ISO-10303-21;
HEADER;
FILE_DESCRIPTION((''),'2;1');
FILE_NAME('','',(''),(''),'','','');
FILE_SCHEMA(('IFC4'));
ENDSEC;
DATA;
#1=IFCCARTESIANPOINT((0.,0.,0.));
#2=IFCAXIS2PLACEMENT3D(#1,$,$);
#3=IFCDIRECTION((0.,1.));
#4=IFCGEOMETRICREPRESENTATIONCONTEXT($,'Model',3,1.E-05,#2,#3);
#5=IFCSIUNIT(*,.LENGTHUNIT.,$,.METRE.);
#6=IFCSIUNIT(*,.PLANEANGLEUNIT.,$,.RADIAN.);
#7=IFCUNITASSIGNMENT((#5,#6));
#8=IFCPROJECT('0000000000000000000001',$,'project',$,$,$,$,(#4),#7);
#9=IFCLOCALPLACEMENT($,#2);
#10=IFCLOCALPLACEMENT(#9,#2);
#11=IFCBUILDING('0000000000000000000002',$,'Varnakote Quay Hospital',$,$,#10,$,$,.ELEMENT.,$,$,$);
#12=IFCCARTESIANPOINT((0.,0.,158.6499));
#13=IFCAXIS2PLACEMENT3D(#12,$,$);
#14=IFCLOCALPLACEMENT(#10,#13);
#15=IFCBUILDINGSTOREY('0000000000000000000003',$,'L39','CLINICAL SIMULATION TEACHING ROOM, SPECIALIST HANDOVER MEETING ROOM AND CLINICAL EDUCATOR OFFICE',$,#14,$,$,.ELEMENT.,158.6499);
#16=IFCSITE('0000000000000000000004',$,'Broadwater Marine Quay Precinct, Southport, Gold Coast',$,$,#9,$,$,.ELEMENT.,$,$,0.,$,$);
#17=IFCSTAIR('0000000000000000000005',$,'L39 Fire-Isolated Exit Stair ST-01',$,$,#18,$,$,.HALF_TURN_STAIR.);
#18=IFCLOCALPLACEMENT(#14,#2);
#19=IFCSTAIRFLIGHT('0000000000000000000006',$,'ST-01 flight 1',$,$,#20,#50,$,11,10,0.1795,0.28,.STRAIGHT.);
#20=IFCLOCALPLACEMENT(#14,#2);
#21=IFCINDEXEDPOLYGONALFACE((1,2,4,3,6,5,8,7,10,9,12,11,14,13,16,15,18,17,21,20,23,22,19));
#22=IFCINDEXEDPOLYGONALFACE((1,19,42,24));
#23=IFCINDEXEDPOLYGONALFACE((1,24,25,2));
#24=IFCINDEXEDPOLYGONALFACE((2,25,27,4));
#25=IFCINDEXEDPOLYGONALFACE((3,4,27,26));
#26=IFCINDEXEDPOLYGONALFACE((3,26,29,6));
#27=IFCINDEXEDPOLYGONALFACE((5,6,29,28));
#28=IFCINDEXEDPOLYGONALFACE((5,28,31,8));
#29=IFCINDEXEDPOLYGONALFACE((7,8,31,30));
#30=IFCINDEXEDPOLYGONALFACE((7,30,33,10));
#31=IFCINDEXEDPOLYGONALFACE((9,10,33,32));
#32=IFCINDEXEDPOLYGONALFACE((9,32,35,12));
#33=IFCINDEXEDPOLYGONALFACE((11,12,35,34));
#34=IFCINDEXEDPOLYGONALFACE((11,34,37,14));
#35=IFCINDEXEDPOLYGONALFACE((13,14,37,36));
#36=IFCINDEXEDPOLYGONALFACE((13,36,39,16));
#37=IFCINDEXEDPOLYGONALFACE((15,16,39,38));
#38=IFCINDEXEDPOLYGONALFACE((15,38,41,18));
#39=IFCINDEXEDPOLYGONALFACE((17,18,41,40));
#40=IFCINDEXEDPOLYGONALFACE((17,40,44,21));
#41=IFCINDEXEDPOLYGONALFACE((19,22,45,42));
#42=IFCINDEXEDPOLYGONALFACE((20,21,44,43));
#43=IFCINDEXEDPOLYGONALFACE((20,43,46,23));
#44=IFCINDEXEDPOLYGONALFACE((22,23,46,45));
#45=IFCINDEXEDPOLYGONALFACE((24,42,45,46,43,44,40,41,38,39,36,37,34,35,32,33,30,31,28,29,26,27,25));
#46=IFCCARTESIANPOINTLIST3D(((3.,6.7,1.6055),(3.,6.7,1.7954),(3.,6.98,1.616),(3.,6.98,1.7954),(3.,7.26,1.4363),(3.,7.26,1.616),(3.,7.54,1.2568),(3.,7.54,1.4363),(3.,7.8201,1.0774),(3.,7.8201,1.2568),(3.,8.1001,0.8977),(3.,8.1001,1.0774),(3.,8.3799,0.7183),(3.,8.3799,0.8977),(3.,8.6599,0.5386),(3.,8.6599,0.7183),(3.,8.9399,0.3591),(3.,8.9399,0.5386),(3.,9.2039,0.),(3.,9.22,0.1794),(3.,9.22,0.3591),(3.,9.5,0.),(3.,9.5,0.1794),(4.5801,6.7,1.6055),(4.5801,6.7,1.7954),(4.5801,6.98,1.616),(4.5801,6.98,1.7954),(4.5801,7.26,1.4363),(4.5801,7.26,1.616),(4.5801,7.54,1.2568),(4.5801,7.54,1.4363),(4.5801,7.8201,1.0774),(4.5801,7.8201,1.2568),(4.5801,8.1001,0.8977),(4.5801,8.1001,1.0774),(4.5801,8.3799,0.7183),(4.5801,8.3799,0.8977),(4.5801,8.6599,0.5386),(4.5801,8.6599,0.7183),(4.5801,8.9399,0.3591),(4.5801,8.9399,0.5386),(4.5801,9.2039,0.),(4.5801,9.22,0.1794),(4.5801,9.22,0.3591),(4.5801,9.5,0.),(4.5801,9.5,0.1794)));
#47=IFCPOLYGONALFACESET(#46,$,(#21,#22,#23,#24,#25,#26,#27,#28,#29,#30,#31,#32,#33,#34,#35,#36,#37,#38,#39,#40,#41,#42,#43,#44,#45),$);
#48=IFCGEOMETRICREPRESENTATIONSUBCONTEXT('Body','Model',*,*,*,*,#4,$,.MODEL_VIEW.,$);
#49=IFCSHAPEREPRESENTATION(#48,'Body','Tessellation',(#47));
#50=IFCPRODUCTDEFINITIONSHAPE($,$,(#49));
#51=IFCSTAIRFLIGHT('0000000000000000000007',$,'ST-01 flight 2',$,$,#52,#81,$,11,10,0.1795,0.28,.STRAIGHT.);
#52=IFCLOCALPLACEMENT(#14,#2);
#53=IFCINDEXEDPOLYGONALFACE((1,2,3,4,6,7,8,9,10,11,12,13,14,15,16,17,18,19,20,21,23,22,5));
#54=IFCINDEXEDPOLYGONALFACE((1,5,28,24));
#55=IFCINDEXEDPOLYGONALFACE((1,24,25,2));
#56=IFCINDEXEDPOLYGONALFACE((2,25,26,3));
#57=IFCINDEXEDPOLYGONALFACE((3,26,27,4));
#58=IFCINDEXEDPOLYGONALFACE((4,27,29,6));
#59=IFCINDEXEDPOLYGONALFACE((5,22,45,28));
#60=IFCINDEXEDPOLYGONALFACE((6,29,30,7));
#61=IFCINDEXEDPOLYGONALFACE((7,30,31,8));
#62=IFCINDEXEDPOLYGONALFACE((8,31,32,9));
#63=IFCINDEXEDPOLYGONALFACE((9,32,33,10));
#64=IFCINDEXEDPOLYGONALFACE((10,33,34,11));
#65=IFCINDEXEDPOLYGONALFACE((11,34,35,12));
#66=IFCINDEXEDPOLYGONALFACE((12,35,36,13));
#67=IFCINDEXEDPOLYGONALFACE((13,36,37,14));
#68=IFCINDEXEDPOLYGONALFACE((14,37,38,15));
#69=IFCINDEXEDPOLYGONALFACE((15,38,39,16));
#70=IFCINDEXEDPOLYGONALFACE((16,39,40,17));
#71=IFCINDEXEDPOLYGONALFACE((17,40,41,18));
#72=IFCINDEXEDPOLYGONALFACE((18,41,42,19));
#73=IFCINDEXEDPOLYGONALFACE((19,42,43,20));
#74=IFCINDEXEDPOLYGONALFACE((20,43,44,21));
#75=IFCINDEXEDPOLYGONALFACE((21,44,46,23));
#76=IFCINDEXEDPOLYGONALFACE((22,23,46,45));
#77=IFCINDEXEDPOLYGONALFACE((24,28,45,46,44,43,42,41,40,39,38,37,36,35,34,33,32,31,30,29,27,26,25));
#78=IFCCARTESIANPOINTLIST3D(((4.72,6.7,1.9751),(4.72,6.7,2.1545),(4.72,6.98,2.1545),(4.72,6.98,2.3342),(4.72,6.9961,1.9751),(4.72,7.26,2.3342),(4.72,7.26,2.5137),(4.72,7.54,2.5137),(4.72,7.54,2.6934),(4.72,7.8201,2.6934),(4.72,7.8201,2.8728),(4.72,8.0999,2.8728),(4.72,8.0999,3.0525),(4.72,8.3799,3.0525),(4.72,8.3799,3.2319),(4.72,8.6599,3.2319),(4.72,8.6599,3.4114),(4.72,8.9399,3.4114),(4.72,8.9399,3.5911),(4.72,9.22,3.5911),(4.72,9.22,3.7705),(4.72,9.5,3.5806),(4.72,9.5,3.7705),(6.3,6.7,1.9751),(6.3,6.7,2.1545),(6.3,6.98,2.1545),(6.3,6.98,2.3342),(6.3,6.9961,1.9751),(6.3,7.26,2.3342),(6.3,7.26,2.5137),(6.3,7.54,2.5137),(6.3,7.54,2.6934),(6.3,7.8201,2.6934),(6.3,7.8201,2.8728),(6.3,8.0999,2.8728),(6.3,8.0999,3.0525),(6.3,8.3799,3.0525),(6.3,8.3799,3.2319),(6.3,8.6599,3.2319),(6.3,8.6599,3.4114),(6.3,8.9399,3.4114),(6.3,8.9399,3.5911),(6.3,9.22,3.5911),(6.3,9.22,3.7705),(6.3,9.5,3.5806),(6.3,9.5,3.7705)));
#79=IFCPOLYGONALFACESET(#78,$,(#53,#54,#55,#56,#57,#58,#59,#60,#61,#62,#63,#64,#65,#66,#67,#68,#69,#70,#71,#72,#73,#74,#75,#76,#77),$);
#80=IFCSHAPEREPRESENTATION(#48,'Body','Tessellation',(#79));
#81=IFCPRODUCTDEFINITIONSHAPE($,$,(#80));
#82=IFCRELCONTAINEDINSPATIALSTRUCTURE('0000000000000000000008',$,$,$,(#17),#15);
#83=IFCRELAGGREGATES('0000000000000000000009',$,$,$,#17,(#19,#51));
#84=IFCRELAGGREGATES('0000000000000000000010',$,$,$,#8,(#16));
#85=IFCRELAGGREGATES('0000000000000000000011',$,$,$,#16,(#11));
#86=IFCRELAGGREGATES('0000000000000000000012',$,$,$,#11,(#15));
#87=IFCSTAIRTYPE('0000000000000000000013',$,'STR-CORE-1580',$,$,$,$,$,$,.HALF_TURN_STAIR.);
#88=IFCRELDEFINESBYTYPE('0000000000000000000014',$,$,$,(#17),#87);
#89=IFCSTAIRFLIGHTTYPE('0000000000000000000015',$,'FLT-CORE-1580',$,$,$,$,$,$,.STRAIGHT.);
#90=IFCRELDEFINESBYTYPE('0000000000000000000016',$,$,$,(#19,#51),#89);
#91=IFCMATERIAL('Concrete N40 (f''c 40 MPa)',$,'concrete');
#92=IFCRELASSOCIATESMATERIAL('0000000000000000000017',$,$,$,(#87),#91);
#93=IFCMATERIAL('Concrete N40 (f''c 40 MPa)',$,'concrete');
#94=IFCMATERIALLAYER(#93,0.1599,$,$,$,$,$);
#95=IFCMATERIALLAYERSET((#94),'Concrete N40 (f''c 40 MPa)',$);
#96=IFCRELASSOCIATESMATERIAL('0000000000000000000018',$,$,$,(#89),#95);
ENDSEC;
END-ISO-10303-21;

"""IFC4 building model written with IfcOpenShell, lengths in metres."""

from ifc_helpers import new_model, si_unit, direction, frame, origin, place, context, subcontext, project, spatial, polyline, outline, extrude, material, layer, layer_set, type_object, element, aggregate, save


model = new_model("IFC4")

# Units and contexts
model_context = context("Model", 3, precision=1e-05, world=origin(), true_north=direction((0.0, 1.0)))
body_context = subcontext(model_context, "Body", "Model", "MODEL_VIEW")
ifc_project = project(units=[si_unit("LENGTHUNIT", "METRE"), si_unit("PLANEANGLEUNIT", "RADIAN")], contexts=[model_context])

# Site, building, storey
site_placement = place(None, origin())
site = spatial("IfcSite", under=ifc_project, at=site_placement, Name="Broadwater Marine Quay Precinct, Southport, Gold Coast", CompositionType="ELEMENT", RefElevation=0.0)
building_placement = place(site_placement, origin())
building = spatial("IfcBuilding", under=site, at=building_placement, Name="Varnakote Quay Hospital", CompositionType="ELEMENT")
storey_placement = place(building_placement, frame((0.0, 0.0, 158.6499)))
storey = spatial("IfcBuildingStorey", under=building, at=storey_placement, Name="L39", Description="CLINICAL SIMULATION TEACHING ROOM, SPECIALIST HANDOVER MEETING ROOM AND CLINICAL EDUCATOR OFFICE", CompositionType="ELEMENT", Elevation=158.6499)

# Stair, stair flights
ifc_material_1 = material(Name="Concrete N40 (f'c 40 MPa)", Category="concrete")
stair_type = type_object("IfcStairType", Name="STR-CORE-1580", PredefinedType="HALF_TURN_STAIR", material=ifc_material_1)
stair_placement = place(storey_placement, origin())
stair = element("IfcStair", 1, at=stair_placement, inside=storey, type_object=stair_type, Name="L39 Fire-Isolated Exit Stair ST-01", PredefinedType="HALF_TURN_STAIR")
ifc_material_2 = material(Name="Concrete N40 (f'c 40 MPa)", Category="concrete")
ifc_layer_1 = layer(ifc_material_2, 0.1599)
ifc_layer_set_1 = layer_set([ifc_layer_1], Name="Concrete N40 (f'c 40 MPa)")
stair_flight_type = type_object("IfcStairFlightType", Name="FLT-CORE-1580", PredefinedType="STRAIGHT", material=ifc_layer_set_1)
stair_flight_1_placement = place(storey_placement, frame((3.79, 9.5, 0.0), z_axis=(0.0, 0.0, 1.0), x_axis=(0.0, -1.0, 0.0)))
stair_flight_1 = element("IfcStairFlight", 2, at=stair_flight_1_placement, type_object=stair_flight_type, Name="ST-01 flight 1", NumberOfRisers=11, NumberOfTreads=10, PredefinedType="STRAIGHT", RiserHeight=0.1795, TreadLength=0.28, context=body_context, shape_type="SweptSolid", body=[
    extrude(outline(polyline([(0.0, 0.0), (0.0, 0.1794), (0.28, 0.1794), (0.28, 0.3591), (0.5601, 0.3591), (0.5601, 0.5386), (0.8401, 0.5386), (0.8401, 0.7183), (1.1201, 0.7183), (1.1201, 0.8977), (1.3999, 0.8977), (1.3999, 1.0774), (1.6799, 1.0774), (1.6799, 1.2568), (1.96, 1.2568), (1.96, 1.4363), (2.24, 1.4363), (2.24, 1.616), (2.52, 1.616), (2.52, 1.7954), (2.8, 1.7954), (2.8, 1.9751), (2.8, 1.6055), (0.2961, 0.0), (0.0, 0.0)])), frame((0.0, 0.79, 0.0), z_axis=(0.0, -1.0, 0.0), x_axis=(1.0, 0.0, 0.0)), (0.0, 0.0, 1.0), 1.5801),
])
stair_flight_2_placement = place(storey_placement, frame((5.51, 6.7, 1.9751), z_axis=(0.0, 0.0, 1.0), x_axis=(0.0, 1.0, 0.0)))
stair_flight_2 = element("IfcStairFlight", 3, at=stair_flight_2_placement, type_object=stair_flight_type, Name="ST-01 flight 2", NumberOfRisers=11, NumberOfTreads=10, PredefinedType="STRAIGHT", RiserHeight=0.1795, TreadLength=0.28, context=body_context, shape_type="SweptSolid", body=[
    extrude(outline(polyline([(0.0, 0.0), (0.0, 0.1794), (0.28, 0.1794), (0.28, 0.3591), (0.5601, 0.3591), (0.5601, 0.5386), (0.8401, 0.5386), (0.8401, 0.7183), (1.1201, 0.7183), (1.1201, 0.8977), (1.3999, 0.8977), (1.3999, 1.0774), (1.6799, 1.0774), (1.6799, 1.2568), (1.96, 1.2568), (1.96, 1.4363), (2.24, 1.4363), (2.24, 1.616), (2.52, 1.616), (2.52, 1.7954), (2.8, 1.7954), (2.8, 1.9751), (2.8, 1.6055), (0.2961, 0.0), (0.0, 0.0)])), frame((0.0, 0.79, 0.0), z_axis=(0.0, -1.0, 0.0), x_axis=(1.0, 0.0, 0.0)), (0.0, 0.0, 1.0), 1.5801),
])
aggregate(stair, [stair_flight_1, stair_flight_2])

save(model, "model.ifc")
